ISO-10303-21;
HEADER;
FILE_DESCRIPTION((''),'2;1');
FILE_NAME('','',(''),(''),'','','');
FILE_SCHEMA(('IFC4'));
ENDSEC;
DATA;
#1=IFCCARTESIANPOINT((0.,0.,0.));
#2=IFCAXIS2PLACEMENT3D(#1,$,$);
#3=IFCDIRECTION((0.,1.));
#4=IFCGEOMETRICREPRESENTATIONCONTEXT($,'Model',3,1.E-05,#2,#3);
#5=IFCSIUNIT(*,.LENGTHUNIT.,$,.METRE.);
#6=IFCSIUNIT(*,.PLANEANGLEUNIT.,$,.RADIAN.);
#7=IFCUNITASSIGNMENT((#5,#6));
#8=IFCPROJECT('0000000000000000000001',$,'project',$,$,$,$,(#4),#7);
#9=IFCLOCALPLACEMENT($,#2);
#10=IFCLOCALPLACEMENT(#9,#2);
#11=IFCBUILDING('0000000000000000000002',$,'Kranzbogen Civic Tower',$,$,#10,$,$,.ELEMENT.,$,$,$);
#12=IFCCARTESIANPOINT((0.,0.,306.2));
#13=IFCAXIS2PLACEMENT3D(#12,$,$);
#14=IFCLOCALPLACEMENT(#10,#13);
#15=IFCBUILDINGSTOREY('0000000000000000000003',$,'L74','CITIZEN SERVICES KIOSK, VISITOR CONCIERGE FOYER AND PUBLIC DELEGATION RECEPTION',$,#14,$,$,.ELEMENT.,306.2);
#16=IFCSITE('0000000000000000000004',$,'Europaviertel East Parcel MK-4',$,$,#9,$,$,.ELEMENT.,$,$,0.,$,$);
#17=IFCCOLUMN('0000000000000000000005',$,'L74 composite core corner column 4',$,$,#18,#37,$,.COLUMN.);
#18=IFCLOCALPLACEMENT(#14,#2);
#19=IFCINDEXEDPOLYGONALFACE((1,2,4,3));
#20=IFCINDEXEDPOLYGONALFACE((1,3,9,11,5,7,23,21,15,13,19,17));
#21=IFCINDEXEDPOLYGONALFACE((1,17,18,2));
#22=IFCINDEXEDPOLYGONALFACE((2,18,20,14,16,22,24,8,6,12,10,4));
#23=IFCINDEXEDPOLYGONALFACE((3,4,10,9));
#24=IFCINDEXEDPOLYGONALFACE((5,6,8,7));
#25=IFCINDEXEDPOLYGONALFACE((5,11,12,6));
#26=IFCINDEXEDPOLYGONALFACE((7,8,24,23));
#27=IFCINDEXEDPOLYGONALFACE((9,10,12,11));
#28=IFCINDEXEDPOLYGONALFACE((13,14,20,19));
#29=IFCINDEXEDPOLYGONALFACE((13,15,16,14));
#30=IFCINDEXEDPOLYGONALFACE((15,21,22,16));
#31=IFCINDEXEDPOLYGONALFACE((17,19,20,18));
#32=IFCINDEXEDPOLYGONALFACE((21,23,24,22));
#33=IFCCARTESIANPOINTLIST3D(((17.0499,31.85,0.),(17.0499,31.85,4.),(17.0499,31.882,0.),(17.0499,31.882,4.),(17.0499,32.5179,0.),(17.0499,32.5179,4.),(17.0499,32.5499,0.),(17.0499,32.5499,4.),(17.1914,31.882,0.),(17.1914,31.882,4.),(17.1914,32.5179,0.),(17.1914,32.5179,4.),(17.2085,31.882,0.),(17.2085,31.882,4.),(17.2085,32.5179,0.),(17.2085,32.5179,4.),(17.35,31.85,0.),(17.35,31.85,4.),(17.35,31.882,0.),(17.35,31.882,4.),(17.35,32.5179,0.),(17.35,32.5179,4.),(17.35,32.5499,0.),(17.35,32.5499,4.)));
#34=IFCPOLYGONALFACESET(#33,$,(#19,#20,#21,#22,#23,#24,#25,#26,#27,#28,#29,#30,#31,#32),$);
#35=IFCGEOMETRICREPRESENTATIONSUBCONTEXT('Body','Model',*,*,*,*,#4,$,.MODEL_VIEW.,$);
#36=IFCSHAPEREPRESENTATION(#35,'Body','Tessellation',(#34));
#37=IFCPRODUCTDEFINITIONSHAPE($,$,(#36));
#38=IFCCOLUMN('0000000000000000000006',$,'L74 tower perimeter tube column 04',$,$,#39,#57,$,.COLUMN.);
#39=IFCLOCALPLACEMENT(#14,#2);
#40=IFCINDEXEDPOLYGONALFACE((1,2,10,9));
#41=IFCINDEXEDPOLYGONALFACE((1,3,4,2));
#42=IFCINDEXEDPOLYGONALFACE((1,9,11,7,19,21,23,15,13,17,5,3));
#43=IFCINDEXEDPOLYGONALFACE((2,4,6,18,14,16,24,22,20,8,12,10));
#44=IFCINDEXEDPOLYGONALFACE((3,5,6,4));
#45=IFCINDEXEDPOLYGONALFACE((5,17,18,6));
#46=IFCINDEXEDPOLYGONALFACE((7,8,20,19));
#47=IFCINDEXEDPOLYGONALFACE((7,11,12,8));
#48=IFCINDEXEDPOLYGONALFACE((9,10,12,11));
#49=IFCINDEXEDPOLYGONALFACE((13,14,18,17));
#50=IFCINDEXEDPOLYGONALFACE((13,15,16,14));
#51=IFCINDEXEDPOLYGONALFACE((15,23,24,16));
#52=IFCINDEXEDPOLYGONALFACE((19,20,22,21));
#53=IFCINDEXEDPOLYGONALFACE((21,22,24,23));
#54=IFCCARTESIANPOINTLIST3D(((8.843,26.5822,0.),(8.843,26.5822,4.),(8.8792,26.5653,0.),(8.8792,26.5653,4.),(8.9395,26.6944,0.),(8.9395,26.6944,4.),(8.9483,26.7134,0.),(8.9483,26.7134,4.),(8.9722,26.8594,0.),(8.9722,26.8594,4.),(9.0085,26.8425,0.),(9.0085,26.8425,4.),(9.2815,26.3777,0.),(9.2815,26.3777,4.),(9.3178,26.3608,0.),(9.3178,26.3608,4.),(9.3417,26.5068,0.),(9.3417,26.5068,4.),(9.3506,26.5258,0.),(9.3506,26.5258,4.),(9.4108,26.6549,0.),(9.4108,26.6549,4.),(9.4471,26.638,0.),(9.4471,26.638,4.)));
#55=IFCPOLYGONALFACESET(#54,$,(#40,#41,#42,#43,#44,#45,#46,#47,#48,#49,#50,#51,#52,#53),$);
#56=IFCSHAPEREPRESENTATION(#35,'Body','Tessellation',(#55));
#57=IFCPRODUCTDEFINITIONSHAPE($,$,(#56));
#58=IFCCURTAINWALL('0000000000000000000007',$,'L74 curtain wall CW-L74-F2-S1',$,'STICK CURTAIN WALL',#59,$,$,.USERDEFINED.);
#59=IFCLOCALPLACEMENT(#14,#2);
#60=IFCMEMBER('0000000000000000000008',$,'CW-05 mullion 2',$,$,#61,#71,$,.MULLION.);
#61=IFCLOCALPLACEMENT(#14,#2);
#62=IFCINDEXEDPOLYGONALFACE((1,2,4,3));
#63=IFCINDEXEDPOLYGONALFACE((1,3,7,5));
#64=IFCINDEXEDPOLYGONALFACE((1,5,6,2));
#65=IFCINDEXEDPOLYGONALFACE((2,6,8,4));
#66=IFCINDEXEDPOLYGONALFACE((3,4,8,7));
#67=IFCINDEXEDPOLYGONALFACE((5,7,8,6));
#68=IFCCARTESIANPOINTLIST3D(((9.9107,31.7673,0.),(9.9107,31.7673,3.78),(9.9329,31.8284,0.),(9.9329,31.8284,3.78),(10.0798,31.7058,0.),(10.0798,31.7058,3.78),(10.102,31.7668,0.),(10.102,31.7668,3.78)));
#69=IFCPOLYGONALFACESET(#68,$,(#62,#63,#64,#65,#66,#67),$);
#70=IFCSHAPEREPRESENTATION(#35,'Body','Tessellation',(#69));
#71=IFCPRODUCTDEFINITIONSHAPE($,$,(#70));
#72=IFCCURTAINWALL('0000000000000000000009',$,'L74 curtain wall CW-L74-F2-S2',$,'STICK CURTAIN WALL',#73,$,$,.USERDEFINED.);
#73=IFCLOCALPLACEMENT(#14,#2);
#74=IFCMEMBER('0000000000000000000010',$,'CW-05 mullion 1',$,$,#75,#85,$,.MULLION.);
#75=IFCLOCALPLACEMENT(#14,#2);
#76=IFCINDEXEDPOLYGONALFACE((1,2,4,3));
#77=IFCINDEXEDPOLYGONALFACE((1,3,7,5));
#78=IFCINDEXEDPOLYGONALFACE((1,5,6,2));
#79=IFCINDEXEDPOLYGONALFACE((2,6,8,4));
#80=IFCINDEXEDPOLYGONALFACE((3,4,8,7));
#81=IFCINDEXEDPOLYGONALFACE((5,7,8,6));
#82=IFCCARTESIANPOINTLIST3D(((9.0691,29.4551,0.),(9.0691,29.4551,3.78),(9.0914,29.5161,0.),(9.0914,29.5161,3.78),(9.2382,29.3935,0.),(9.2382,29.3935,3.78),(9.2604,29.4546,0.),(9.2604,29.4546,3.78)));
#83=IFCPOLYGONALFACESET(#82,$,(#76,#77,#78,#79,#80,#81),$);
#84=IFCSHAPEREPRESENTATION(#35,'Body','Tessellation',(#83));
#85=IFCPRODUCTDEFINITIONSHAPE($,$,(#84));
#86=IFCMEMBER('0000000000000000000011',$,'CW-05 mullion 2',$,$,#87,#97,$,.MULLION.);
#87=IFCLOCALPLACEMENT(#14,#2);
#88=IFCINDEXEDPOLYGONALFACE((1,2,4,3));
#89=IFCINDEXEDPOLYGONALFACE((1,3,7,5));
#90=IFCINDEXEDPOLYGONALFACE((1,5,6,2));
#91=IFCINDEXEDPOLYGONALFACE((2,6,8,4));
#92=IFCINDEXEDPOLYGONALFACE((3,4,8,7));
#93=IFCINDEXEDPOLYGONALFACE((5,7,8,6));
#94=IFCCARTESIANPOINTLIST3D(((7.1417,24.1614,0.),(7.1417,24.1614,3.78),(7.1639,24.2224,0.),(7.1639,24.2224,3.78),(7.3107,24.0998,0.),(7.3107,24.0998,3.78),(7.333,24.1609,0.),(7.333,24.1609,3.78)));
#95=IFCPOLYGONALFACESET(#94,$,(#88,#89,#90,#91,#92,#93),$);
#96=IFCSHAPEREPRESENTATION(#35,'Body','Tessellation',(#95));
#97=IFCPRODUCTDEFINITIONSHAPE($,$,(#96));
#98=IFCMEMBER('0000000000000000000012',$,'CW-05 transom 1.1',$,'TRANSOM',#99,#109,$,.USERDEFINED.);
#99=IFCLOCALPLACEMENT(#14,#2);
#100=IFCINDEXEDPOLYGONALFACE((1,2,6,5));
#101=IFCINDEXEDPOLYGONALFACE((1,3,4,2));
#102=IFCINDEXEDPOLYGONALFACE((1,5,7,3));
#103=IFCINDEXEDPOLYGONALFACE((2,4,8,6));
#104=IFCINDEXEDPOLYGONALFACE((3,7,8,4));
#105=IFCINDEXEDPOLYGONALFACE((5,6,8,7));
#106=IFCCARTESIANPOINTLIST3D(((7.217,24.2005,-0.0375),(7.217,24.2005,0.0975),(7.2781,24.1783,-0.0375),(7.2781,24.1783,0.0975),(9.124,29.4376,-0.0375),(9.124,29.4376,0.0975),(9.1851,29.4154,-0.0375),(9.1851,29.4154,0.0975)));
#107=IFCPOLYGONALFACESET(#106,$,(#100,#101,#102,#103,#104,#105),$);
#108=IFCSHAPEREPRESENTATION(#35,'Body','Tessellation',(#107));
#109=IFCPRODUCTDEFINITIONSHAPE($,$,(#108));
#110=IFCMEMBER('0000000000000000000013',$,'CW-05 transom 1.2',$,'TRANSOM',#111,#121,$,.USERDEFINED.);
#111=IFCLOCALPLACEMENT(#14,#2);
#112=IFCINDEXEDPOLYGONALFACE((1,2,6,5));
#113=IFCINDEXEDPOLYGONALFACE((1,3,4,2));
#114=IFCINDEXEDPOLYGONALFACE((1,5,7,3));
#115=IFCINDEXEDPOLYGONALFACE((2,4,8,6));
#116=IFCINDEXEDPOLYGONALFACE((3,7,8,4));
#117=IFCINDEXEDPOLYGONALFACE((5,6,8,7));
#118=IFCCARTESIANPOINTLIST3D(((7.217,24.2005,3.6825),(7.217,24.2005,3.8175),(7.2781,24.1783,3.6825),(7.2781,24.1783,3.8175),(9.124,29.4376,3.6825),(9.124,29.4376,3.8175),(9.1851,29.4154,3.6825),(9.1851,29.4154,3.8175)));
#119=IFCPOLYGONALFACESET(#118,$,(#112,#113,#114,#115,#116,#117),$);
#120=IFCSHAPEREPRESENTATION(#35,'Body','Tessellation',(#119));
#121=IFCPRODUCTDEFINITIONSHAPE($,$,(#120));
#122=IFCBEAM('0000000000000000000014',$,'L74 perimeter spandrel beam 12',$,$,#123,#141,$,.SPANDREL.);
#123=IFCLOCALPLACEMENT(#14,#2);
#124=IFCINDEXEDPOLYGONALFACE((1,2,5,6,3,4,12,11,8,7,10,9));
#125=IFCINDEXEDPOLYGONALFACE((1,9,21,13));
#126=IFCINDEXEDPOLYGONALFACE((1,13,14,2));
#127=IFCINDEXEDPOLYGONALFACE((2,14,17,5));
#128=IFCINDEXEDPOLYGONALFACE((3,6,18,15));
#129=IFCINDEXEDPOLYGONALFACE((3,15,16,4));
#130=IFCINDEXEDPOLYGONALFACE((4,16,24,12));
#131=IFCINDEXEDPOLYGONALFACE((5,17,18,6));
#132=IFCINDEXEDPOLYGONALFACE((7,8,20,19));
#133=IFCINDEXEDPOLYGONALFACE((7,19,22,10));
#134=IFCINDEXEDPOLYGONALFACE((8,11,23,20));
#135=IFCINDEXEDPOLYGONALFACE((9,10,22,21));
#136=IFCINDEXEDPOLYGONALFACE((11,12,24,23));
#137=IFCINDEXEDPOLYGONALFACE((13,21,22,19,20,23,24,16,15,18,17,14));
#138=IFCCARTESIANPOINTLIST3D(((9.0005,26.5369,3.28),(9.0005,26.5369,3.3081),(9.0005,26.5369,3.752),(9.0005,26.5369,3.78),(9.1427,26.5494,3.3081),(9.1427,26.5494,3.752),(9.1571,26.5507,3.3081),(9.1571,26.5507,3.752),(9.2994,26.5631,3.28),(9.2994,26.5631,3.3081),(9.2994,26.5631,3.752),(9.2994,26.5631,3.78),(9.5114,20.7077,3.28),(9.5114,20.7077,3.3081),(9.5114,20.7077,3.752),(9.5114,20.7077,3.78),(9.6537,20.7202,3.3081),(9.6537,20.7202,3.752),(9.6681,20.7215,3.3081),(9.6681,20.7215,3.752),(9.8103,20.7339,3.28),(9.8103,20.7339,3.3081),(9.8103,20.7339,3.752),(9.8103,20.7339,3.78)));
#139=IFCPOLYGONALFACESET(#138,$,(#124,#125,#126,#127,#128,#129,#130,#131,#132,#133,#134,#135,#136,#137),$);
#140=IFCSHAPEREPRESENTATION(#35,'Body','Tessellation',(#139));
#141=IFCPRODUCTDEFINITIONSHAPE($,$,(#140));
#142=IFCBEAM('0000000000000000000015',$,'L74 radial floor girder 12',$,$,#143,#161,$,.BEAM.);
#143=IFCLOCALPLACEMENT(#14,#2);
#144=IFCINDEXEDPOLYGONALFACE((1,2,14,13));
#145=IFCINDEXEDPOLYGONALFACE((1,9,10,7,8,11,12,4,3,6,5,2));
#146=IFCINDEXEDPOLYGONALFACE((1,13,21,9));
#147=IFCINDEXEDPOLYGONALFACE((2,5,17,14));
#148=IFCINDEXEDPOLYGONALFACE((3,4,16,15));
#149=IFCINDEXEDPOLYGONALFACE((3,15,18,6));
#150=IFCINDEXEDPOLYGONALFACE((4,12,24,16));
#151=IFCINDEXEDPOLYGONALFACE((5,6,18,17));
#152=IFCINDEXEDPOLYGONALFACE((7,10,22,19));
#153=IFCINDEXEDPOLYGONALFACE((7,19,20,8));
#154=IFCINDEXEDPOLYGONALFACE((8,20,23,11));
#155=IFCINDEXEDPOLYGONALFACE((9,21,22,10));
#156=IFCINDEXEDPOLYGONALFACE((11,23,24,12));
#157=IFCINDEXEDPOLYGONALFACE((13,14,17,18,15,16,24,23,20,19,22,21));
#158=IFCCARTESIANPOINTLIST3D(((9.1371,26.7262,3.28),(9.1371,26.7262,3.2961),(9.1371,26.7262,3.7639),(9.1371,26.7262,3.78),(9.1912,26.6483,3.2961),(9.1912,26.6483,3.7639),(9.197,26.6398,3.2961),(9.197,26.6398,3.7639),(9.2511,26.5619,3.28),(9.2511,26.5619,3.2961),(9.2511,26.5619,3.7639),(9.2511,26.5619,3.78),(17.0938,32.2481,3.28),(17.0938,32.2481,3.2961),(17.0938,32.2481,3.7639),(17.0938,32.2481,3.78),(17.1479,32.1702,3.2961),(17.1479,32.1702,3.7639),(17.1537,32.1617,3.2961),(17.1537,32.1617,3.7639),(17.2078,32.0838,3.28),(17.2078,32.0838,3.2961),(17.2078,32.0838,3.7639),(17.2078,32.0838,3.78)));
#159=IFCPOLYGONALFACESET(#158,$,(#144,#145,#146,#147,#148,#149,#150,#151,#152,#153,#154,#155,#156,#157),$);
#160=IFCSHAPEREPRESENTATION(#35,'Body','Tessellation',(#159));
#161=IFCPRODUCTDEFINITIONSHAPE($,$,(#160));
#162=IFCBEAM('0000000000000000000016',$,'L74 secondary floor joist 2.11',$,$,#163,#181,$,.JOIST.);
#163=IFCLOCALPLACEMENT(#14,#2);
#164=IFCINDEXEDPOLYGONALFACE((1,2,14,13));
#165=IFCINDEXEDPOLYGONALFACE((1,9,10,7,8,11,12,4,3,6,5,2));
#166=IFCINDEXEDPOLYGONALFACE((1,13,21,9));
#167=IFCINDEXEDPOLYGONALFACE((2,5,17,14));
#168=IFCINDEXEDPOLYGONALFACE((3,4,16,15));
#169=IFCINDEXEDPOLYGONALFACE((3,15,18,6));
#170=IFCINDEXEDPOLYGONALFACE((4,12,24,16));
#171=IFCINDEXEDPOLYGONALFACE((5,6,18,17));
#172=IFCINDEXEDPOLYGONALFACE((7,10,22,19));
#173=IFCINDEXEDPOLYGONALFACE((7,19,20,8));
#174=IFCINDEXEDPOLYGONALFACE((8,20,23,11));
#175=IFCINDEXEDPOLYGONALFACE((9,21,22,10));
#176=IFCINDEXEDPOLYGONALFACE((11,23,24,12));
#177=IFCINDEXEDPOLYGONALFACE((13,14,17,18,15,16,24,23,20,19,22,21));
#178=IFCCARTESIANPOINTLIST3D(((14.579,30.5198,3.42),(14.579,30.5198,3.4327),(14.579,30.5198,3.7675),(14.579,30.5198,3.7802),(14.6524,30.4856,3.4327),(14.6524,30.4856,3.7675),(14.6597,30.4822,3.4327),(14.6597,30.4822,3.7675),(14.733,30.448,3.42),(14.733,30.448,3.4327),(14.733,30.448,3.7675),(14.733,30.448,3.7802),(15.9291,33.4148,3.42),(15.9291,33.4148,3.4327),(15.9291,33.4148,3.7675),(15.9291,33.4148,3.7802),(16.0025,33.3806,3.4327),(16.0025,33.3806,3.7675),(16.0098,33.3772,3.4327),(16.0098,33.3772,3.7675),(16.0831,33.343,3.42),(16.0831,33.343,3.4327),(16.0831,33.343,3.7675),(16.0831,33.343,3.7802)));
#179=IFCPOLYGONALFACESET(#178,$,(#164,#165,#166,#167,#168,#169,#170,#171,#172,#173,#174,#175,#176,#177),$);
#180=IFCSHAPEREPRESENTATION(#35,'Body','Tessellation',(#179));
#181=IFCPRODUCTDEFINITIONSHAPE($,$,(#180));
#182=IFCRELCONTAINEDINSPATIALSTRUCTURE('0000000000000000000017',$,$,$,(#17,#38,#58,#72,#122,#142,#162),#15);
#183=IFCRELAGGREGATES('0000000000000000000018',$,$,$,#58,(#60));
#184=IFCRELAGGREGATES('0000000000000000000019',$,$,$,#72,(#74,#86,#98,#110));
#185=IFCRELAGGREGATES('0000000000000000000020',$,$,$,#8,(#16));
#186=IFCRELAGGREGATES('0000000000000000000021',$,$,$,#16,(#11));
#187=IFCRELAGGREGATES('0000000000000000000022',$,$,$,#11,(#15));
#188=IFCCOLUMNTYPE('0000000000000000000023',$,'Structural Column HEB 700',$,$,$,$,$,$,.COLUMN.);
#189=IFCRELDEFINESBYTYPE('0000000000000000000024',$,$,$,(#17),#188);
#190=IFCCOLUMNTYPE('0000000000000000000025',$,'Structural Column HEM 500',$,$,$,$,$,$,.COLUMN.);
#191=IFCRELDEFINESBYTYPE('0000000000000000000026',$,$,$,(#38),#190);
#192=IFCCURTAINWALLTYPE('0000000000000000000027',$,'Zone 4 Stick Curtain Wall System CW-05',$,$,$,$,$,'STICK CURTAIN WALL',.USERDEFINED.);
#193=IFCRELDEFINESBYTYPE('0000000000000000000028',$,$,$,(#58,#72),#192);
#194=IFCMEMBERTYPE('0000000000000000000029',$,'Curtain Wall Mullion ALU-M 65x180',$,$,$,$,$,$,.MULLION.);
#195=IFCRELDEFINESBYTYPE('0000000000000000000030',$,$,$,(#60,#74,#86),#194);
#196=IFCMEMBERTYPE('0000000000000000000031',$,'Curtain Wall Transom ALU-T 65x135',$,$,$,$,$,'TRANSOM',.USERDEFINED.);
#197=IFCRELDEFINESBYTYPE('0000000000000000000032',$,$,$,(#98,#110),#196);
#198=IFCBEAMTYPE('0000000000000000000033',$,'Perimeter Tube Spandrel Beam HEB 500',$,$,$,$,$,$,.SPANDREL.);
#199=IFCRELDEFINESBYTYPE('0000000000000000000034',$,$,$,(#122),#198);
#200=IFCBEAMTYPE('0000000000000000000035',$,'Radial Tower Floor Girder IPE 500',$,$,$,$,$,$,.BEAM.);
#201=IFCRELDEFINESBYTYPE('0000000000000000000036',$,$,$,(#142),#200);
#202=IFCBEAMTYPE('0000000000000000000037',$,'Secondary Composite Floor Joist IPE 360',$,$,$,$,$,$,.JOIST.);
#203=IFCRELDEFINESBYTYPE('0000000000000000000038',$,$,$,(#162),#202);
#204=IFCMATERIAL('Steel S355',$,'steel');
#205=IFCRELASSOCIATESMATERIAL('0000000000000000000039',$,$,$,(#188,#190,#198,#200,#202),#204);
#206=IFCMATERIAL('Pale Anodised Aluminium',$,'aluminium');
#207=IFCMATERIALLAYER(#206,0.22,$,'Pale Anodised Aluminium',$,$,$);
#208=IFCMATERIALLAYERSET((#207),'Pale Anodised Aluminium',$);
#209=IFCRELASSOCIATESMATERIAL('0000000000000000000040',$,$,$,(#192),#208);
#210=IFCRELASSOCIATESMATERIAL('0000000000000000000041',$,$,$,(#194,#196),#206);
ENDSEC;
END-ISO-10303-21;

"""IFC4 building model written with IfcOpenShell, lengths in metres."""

from ifc_helpers import new_model, si_unit, direction, frame, origin, origin_2d, place, context, subcontext, project, spatial, rectangle, i_section, extrude, material, layer, layer_set, material_profile, profile_set, type_object, element, aggregate, save


model = new_model("IFC4")

# Units and contexts
model_context = context("Model", 3, precision=1e-05, world=origin(), true_north=direction((0.0, 1.0)))
body_context = subcontext(model_context, "Body", "Model", "MODEL_VIEW")
ifc_project = project(units=[si_unit("LENGTHUNIT", "METRE"), si_unit("PLANEANGLEUNIT", "RADIAN")], contexts=[model_context])

# Site, building, storey
site_placement = place(None, origin())
site = spatial("IfcSite", under=ifc_project, at=site_placement, Name="Europaviertel East Parcel MK-4", CompositionType="ELEMENT", RefElevation=0.0)
building_placement = place(site_placement, origin())
building = spatial("IfcBuilding", under=site, at=building_placement, Name="Kranzbogen Civic Tower", CompositionType="ELEMENT")
storey_placement = place(building_placement, frame((0.0, 0.0, 306.2)))
storey = spatial("IfcBuildingStorey", under=building, at=storey_placement, Name="L74", Description="CITIZEN SERVICES KIOSK, VISITOR CONCIERGE FOYER AND PUBLIC DELEGATION RECEPTION", CompositionType="ELEMENT", Elevation=306.2)

# Columns
ifc_material_1 = material(Name="Steel S355", Category="steel")
ifc_material_profile_1 = material_profile(ifc_material_1, i_section(OverallWidth=0.3, OverallDepth=0.7, WebThickness=0.0171, FlangeThickness=0.032, at=origin_2d()), Name="HEB 700")
ifc_profile_set_1 = profile_set([ifc_material_profile_1], Name="Steel S355")
column_type_1 = type_object("IfcColumnType", Name="Structural Column HEB 700", PredefinedType="COLUMN", material=ifc_profile_set_1)
column_1_placement = place(storey_placement, frame((17.2, 32.2, 0.0), z_axis=(0.0, 0.0, 1.0), x_axis=(1.0, 0.0, 0.0)))
element("IfcColumn", 1, at=column_1_placement, inside=storey, type_object=column_type_1, Name="L74 composite core corner column 4", PredefinedType="COLUMN", context=body_context, shape_type="SweptSolid", body=[
    extrude(i_section(OverallWidth=0.3, OverallDepth=0.7, WebThickness=0.0171, FlangeThickness=0.032, at=origin_2d()), origin(), (0.0, 0.0, 1.0), 4.0),
])
ifc_material_profile_2 = material_profile(ifc_material_1, i_section(OverallWidth=0.3059, OverallDepth=0.5239, WebThickness=0.021, FlangeThickness=0.04, at=origin_2d()), Name="HEM 500")
ifc_profile_set_2 = profile_set([ifc_material_profile_2], Name="Steel S355")
column_type_2 = type_object("IfcColumnType", Name="Structural Column HEM 500", PredefinedType="COLUMN", material=ifc_profile_set_2)
column_2_placement = place(storey_placement, frame((9.145, 26.6101, 0.0), z_axis=(0.0, 0.0, 1.0), x_axis=(0.422618, 0.906308, 0.0)))
element("IfcColumn", 2, at=column_2_placement, inside=storey, type_object=column_type_2, Name="L74 tower perimeter tube column 04", PredefinedType="COLUMN", context=body_context, shape_type="SweptSolid", body=[
    extrude(i_section(OverallWidth=0.3059, OverallDepth=0.5239, WebThickness=0.021, FlangeThickness=0.04, at=origin_2d()), origin(), (0.0, 0.0, 1.0), 4.0),
])

# Curtain wall, member
ifc_material_2 = material(Name="Pale Anodised Aluminium", Category="aluminium")
ifc_layer_1 = layer(ifc_material_2, 0.22, Name="Pale Anodised Aluminium")
ifc_layer_set_1 = layer_set([ifc_layer_1], Name="Pale Anodised Aluminium")
curtain_wall_type = type_object("IfcCurtainWallType", Name="Zone 4 Stick Curtain Wall System CW-05", ElementType="STICK CURTAIN WALL", PredefinedType="USERDEFINED", material=ifc_layer_set_1)
curtain_wall_1_placement = place(storey_placement, origin())
curtain_wall_1 = element("IfcCurtainWall", 3, at=curtain_wall_1_placement, inside=storey, type_object=curtain_wall_type, Name="L74 curtain wall CW-L74-F2-S1", ObjectType="STICK CURTAIN WALL", PredefinedType="USERDEFINED")
ifc_material_profile_3 = material_profile(ifc_material_2, rectangle(XDim=0.0649, YDim=0.1799, at=origin_2d()), Name="ALU-M 65x180")
ifc_profile_set_3 = profile_set([ifc_material_profile_3], Name="Pale Anodised Aluminium")
member_type_1 = type_object("IfcMemberType", Name="Curtain Wall Mullion ALU-M 65x180", PredefinedType="MULLION", material=ifc_profile_set_3)
member_1_placement = place(storey_placement, frame((10.0063, 31.7671, 0.0), z_axis=(0.0, 0.0, 1.0), x_axis=(-0.342039, -0.939686, 0.0)))
member_1 = element("IfcMember", 4, at=member_1_placement, type_object=member_type_1, Name="CW-05 mullion 2", PredefinedType="MULLION", context=body_context, shape_type="SweptSolid", body=[
    extrude(rectangle(XDim=0.0649, YDim=0.1799, at=origin_2d()), origin(), (0.0, 0.0, 1.0), 3.78),
])
aggregate(curtain_wall_1, [member_1])

# Curtain wall, members
curtain_wall_2_placement = place(storey_placement, origin())
curtain_wall_2 = element("IfcCurtainWall", 5, at=curtain_wall_2_placement, inside=storey, type_object=curtain_wall_type, Name="L74 curtain wall CW-L74-F2-S2", ObjectType="STICK CURTAIN WALL", PredefinedType="USERDEFINED")
member_2_placement = place(storey_placement, frame((9.1648, 29.4548, 0.0), z_axis=(0.0, 0.0, 1.0), x_axis=(-0.342138, -0.93965, 0.0)))
member_2 = element("IfcMember", 6, at=member_2_placement, type_object=member_type_1, Name="CW-05 mullion 1", PredefinedType="MULLION", context=body_context, shape_type="SweptSolid", body=[
    extrude(rectangle(XDim=0.0649, YDim=0.1799, at=origin_2d()), origin(), (0.0, 0.0, 1.0), 3.78),
])
member_3_placement = place(storey_placement, frame((7.2373, 24.1611, 0.0), z_axis=(0.0, 0.0, 1.0), x_axis=(-0.342138, -0.93965, 0.0)))
member_3 = element("IfcMember", 7, at=member_3_placement, type_object=member_type_1, Name="CW-05 mullion 2", PredefinedType="MULLION", context=body_context, shape_type="SweptSolid", body=[
    extrude(rectangle(XDim=0.0649, YDim=0.1799, at=origin_2d()), origin(), (0.0, 0.0, 1.0), 3.78),
])
ifc_material_profile_4 = material_profile(ifc_material_2, rectangle(XDim=0.0649, YDim=0.135, at=origin_2d()), Name="ALU-T 65x135")
ifc_profile_set_4 = profile_set([ifc_material_profile_4], Name="Pale Anodised Aluminium")
member_type_2 = type_object("IfcMemberType", Name="Curtain Wall Transom ALU-T 65x135", ElementType="TRANSOM", PredefinedType="USERDEFINED", material=ifc_profile_set_4)
member_4_placement = place(storey_placement, frame((9.1545, 29.4265, 0.03), z_axis=(-0.342155, -0.939644, 0.0), x_axis=(0.939644, -0.342155, 0.0)))
member_4 = element("IfcMember", 8, at=member_4_placement, type_object=member_type_2, Name="CW-05 transom 1.1", ObjectType="TRANSOM", PredefinedType="USERDEFINED", context=body_context, shape_type="SweptSolid", body=[
    extrude(rectangle(XDim=0.0649, YDim=0.135, at=origin_2d()), origin(), (0.0, 0.0, 1.0), 5.5735),
])
member_5_placement = place(storey_placement, frame((9.1545, 29.4265, 3.75), z_axis=(-0.342155, -0.939644, 0.0), x_axis=(0.939644, -0.342155, 0.0)))
member_5 = element("IfcMember", 9, at=member_5_placement, type_object=member_type_2, Name="CW-05 transom 1.2", ObjectType="TRANSOM", PredefinedType="USERDEFINED", context=body_context, shape_type="SweptSolid", body=[
    extrude(rectangle(XDim=0.0649, YDim=0.135, at=origin_2d()), origin(), (0.0, 0.0, 1.0), 5.5735),
])

# Beams
ifc_material_profile_5 = material_profile(ifc_material_1, i_section(OverallWidth=0.3, OverallDepth=0.5, WebThickness=0.0144, FlangeThickness=0.0281, at=origin_2d()), Name="HEB 500")
ifc_profile_set_5 = profile_set([ifc_material_profile_5], Name="Steel S355")
beam_type_1 = type_object("IfcBeamType", Name="Perimeter Tube Spandrel Beam HEB 500", PredefinedType="SPANDREL", material=ifc_profile_set_5)
beam_1_placement = place(storey_placement, frame((9.1499, 26.55, 3.53), z_axis=(0.087326, -0.99618, 0.0), x_axis=(0.99618, 0.087326, 0.0)))
element("IfcBeam", 10, at=beam_1_placement, inside=storey, type_object=beam_type_1, Name="L74 perimeter spandrel beam 12", PredefinedType="SPANDREL", context=body_context, shape_type="SweptSolid", body=[
    extrude(i_section(OverallWidth=0.3, OverallDepth=0.5, WebThickness=0.0144, FlangeThickness=0.0281, at=origin_2d()), origin(), (0.0, 0.0, 1.0), 5.8516),
])
ifc_material_profile_6 = material_profile(ifc_material_1, i_section(OverallWidth=0.2, OverallDepth=0.5, WebThickness=0.0103, FlangeThickness=0.0161, at=origin_2d()), Name="IPE 500")
ifc_profile_set_6 = profile_set([ifc_material_profile_6], Name="Steel S355")
beam_type_2 = type_object("IfcBeamType", Name="Radial Tower Floor Girder IPE 500", PredefinedType="BEAM", material=ifc_profile_set_6)
beam_2_placement = place(storey_placement, frame((9.1941, 26.644, 3.53), z_axis=(0.821543, 0.570147, 0.0), x_axis=(-0.570147, 0.821543, 0.0)))
element("IfcBeam", 11, at=beam_2_placement, inside=storey, type_object=beam_type_2, Name="L74 radial floor girder 12", PredefinedType="BEAM", context=body_context, shape_type="SweptSolid", body=[
    extrude(i_section(OverallWidth=0.2, OverallDepth=0.5, WebThickness=0.0103, FlangeThickness=0.0161, at=origin_2d()), origin(), (0.0, 0.0, 1.0), 9.6851),
])
ifc_material_profile_7 = material_profile(ifc_material_1, i_section(OverallWidth=0.1699, OverallDepth=0.3601, WebThickness=0.0081, FlangeThickness=0.0127, at=origin_2d()), Name="IPE 360")
ifc_profile_set_7 = profile_set([ifc_material_profile_7], Name="Steel S355")
beam_type_3 = type_object("IfcBeamType", Name="Secondary Composite Floor Joist IPE 360", PredefinedType="JOIST", material=ifc_profile_set_7)
beam_3_placement = place(storey_placement, frame((16.0061, 33.3789, 3.6001), z_axis=(-0.422651, -0.906292, 0.0), x_axis=(0.906292, -0.422651, 0.0)))
element("IfcBeam", 12, at=beam_3_placement, inside=storey, type_object=beam_type_3, Name="L74 secondary floor joist 2.11", PredefinedType="JOIST", context=body_context, shape_type="SweptSolid", body=[
    extrude(i_section(OverallWidth=0.1699, OverallDepth=0.3601, WebThickness=0.0081, FlangeThickness=0.0127, at=origin_2d()), origin(), (0.0, 0.0, 1.0), 3.1943),
])

aggregate(curtain_wall_2, [member_2, member_3, member_4, member_5])

save(model, "model.ifc")
